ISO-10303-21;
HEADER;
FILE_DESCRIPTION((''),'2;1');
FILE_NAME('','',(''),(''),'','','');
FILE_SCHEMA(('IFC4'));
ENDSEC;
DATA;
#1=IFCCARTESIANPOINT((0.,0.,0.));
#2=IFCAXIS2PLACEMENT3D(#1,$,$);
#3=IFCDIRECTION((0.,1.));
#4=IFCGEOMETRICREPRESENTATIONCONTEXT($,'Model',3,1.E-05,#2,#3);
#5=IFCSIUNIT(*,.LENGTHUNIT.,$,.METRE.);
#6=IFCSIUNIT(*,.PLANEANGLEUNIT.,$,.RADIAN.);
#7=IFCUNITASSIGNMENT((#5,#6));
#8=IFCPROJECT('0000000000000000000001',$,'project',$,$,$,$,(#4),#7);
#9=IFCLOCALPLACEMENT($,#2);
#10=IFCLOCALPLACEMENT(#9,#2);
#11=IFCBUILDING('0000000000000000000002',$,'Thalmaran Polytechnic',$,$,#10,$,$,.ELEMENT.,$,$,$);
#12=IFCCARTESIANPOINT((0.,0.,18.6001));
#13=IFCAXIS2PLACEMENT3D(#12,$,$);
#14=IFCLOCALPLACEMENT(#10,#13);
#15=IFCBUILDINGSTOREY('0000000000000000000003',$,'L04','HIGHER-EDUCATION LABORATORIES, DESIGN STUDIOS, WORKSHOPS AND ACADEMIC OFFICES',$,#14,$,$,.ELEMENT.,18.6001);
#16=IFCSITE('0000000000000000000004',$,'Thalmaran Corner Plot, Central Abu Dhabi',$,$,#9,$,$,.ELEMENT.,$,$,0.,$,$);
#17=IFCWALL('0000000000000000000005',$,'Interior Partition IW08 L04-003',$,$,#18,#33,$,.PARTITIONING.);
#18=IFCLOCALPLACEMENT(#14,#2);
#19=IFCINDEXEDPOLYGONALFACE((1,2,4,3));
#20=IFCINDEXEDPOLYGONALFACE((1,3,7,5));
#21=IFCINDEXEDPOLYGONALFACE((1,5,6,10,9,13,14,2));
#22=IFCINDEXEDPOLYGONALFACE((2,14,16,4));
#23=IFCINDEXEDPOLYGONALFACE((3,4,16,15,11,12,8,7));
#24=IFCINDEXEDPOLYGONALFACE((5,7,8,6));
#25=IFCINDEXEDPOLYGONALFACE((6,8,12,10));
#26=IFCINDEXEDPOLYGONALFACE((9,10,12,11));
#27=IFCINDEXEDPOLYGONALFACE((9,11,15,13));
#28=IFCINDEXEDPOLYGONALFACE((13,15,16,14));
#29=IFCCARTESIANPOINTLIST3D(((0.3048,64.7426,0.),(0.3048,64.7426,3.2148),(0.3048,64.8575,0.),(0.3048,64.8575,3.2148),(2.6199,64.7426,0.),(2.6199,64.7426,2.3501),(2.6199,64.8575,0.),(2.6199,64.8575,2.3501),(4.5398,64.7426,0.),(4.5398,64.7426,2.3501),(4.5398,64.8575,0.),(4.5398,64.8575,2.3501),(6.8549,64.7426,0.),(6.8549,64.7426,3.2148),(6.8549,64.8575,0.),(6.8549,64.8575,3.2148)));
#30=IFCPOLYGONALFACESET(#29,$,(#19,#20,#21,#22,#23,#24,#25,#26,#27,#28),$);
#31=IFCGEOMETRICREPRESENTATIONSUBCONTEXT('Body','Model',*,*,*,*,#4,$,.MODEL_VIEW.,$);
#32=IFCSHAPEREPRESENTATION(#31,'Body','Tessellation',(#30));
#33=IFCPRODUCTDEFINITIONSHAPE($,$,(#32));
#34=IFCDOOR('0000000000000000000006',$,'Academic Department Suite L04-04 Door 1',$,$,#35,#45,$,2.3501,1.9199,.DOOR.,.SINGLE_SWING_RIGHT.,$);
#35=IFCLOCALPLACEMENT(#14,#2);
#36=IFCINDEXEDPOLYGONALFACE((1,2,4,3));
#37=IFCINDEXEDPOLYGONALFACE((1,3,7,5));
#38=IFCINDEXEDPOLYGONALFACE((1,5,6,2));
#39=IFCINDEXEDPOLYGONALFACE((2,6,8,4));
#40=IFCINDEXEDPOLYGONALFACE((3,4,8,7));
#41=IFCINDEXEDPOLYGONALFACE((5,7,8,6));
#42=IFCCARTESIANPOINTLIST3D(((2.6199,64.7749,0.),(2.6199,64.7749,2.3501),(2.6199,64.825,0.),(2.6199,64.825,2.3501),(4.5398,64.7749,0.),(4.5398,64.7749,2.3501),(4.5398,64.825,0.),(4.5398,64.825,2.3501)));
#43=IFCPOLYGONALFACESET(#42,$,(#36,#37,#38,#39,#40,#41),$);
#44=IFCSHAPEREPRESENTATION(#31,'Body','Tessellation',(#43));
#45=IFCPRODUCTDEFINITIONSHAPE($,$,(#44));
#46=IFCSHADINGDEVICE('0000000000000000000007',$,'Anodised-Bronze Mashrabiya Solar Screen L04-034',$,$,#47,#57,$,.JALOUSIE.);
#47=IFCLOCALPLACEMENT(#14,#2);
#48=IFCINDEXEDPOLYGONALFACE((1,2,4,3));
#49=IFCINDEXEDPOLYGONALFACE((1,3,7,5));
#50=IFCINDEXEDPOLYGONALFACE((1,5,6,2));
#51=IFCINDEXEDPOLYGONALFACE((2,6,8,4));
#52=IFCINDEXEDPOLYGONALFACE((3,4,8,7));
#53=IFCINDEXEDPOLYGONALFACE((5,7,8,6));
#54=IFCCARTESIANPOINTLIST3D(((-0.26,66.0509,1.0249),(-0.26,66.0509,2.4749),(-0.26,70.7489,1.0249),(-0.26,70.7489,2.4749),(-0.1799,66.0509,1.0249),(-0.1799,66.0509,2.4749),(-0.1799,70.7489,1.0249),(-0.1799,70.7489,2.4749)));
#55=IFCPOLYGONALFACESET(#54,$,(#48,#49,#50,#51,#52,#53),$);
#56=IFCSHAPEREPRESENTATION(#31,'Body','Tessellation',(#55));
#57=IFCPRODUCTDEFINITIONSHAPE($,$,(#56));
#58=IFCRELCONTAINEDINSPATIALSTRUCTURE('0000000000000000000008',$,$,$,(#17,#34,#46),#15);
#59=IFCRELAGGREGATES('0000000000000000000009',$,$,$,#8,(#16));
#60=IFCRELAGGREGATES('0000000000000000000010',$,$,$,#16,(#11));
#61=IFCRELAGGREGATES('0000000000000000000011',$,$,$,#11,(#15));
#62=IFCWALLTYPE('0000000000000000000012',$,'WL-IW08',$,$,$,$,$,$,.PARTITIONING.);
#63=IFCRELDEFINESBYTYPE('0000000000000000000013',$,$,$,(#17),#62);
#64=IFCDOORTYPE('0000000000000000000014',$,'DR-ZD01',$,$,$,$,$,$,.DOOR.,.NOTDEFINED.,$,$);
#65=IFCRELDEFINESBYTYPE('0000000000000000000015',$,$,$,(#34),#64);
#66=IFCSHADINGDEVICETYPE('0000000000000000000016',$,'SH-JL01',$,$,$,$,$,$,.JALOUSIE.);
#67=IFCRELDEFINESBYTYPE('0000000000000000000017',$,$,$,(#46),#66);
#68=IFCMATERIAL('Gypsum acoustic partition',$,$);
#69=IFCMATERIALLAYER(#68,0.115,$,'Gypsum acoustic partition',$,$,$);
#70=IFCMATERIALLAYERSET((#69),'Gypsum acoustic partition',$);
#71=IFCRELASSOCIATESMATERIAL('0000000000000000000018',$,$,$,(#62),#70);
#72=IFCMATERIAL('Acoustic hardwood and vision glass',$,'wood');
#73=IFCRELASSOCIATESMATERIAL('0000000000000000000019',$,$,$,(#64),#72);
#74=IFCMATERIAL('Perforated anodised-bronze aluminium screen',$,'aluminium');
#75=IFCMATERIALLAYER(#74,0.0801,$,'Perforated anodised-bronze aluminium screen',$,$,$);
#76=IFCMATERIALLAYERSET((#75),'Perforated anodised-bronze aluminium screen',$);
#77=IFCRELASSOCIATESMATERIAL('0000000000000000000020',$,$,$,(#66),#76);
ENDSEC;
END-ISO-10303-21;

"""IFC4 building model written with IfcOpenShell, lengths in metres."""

from ifc_helpers import new_model, si_unit, direction, frame, frame_2d, origin, origin_2d, place, context, subcontext, project, spatial, rectangle, extrude, material, layer, layer_set, type_object, element, fill, save


model = new_model("IFC4")

# Units and contexts
model_context = context("Model", 3, precision=1e-05, world=origin(), true_north=direction((0.0, 1.0)))
body_context = subcontext(model_context, "Body", "Model", "MODEL_VIEW")
ifc_project = project(units=[si_unit("LENGTHUNIT", "METRE"), si_unit("PLANEANGLEUNIT", "RADIAN")], contexts=[model_context])

# Site, building, storey
site_placement = place(None, origin())
site = spatial("IfcSite", under=ifc_project, at=site_placement, Name="Thalmaran Corner Plot, Central Abu Dhabi", CompositionType="ELEMENT", RefElevation=0.0)
building_placement = place(site_placement, origin())
building = spatial("IfcBuilding", under=site, at=building_placement, Name="Thalmaran Polytechnic", CompositionType="ELEMENT")
storey_placement = place(building_placement, frame((0.0, 0.0, 18.6001)))
storey = spatial("IfcBuildingStorey", under=building, at=storey_placement, Name="L04", Description="HIGHER-EDUCATION LABORATORIES, DESIGN STUDIOS, WORKSHOPS AND ACADEMIC OFFICES", CompositionType="ELEMENT", Elevation=18.6001)

# Wall, opening, door
ifc_material_1 = material(Name="Gypsum acoustic partition")
ifc_layer_1 = layer(ifc_material_1, 0.115, Name="Gypsum acoustic partition")
ifc_layer_set_1 = layer_set([ifc_layer_1], Name="Gypsum acoustic partition")
wall_type_1 = type_object("IfcWallType", Name="WL-IW08", PredefinedType="PARTITIONING", material=ifc_layer_set_1)
wall_1_placement = place(storey_placement, frame((0.3049, 64.8, 0.0), z_axis=(0.0, 0.0, 1.0), x_axis=(1.0, 0.0, 0.0)))
wall_1 = element("IfcWall", 1, at=wall_1_placement, inside=storey, type_object=wall_type_1, Name="Interior Partition IW08 L04-003", PredefinedType="PARTITIONING", context=body_context, shape_type="SweptSolid", body=[
    extrude(rectangle(XDim=6.55, YDim=0.115, at=frame_2d((3.2749, 0.0))), origin(), (0.0, 0.0, 1.0), 3.2148),
])
opening_1_placement = place(wall_1_placement, frame((2.3149, 0.0, 0.0)))
opening_1 = element("IfcOpeningElement", 2, at=opening_1_placement, cuts=wall_1, PredefinedType="OPENING", context=body_context, shape_type="SweptSolid", body=[
    extrude(rectangle(XDim=1.9199, YDim=2.3501, at=frame_2d((0.96, 1.175))), frame((0.0, 0.0674, 0.0), z_axis=(0.0, -1.0, 0.0), x_axis=(1.0, 0.0, 0.0)), (0.0, 0.0, 1.0), 0.135),
])
ifc_material_2 = material(Name="Acoustic hardwood and vision glass", Category="wood")
door_type = type_object("IfcDoorType", Name="DR-ZD01", OperationType="NOTDEFINED", PredefinedType="DOOR", material=ifc_material_2)
door_placement = place(opening_1_placement, origin())
door = element("IfcDoor", 3, at=door_placement, inside=storey, type_object=door_type, Name="Academic Department Suite L04-04 Door 1", OperationType="SINGLE_SWING_RIGHT", OverallHeight=2.3501, OverallWidth=1.9199, PredefinedType="DOOR", context=body_context, shape_type="SweptSolid", body=[
    extrude(rectangle(XDim=1.9199, YDim=2.3501, at=frame_2d((0.96, 1.175))), frame((0.0, 0.0249, 0.0), z_axis=(0.0, -1.0, 0.0), x_axis=(1.0, 0.0, 0.0)), (0.0, 0.0, 1.0), 0.05),
])
fill(opening_1, door)

# Shading device
ifc_material_3 = material(Name="Perforated anodised-bronze aluminium screen", Category="aluminium")
ifc_layer_2 = layer(ifc_material_3, 0.0801, Name="Perforated anodised-bronze aluminium screen")
ifc_layer_set_2 = layer_set([ifc_layer_2], Name="Perforated anodised-bronze aluminium screen")
shading_device_type = type_object("IfcShadingDeviceType", Name="SH-JL01", PredefinedType="JALOUSIE", material=ifc_layer_set_2)
shading_device_placement = place(storey_placement, frame((-0.22, 68.3999, 1.0249), z_axis=(0.0, 0.0, 1.0), x_axis=(0.0, 1.0, 0.0)))
element("IfcShadingDevice", 4, at=shading_device_placement, inside=storey, type_object=shading_device_type, Name="Anodised-Bronze Mashrabiya Solar Screen L04-034", PredefinedType="JALOUSIE", context=body_context, shape_type="SweptSolid", body=[
    extrude(rectangle(XDim=4.698, YDim=0.0801, at=origin_2d()), origin(), (0.0, 0.0, 1.0), 1.45),
])

save(model, "model.ifc")
